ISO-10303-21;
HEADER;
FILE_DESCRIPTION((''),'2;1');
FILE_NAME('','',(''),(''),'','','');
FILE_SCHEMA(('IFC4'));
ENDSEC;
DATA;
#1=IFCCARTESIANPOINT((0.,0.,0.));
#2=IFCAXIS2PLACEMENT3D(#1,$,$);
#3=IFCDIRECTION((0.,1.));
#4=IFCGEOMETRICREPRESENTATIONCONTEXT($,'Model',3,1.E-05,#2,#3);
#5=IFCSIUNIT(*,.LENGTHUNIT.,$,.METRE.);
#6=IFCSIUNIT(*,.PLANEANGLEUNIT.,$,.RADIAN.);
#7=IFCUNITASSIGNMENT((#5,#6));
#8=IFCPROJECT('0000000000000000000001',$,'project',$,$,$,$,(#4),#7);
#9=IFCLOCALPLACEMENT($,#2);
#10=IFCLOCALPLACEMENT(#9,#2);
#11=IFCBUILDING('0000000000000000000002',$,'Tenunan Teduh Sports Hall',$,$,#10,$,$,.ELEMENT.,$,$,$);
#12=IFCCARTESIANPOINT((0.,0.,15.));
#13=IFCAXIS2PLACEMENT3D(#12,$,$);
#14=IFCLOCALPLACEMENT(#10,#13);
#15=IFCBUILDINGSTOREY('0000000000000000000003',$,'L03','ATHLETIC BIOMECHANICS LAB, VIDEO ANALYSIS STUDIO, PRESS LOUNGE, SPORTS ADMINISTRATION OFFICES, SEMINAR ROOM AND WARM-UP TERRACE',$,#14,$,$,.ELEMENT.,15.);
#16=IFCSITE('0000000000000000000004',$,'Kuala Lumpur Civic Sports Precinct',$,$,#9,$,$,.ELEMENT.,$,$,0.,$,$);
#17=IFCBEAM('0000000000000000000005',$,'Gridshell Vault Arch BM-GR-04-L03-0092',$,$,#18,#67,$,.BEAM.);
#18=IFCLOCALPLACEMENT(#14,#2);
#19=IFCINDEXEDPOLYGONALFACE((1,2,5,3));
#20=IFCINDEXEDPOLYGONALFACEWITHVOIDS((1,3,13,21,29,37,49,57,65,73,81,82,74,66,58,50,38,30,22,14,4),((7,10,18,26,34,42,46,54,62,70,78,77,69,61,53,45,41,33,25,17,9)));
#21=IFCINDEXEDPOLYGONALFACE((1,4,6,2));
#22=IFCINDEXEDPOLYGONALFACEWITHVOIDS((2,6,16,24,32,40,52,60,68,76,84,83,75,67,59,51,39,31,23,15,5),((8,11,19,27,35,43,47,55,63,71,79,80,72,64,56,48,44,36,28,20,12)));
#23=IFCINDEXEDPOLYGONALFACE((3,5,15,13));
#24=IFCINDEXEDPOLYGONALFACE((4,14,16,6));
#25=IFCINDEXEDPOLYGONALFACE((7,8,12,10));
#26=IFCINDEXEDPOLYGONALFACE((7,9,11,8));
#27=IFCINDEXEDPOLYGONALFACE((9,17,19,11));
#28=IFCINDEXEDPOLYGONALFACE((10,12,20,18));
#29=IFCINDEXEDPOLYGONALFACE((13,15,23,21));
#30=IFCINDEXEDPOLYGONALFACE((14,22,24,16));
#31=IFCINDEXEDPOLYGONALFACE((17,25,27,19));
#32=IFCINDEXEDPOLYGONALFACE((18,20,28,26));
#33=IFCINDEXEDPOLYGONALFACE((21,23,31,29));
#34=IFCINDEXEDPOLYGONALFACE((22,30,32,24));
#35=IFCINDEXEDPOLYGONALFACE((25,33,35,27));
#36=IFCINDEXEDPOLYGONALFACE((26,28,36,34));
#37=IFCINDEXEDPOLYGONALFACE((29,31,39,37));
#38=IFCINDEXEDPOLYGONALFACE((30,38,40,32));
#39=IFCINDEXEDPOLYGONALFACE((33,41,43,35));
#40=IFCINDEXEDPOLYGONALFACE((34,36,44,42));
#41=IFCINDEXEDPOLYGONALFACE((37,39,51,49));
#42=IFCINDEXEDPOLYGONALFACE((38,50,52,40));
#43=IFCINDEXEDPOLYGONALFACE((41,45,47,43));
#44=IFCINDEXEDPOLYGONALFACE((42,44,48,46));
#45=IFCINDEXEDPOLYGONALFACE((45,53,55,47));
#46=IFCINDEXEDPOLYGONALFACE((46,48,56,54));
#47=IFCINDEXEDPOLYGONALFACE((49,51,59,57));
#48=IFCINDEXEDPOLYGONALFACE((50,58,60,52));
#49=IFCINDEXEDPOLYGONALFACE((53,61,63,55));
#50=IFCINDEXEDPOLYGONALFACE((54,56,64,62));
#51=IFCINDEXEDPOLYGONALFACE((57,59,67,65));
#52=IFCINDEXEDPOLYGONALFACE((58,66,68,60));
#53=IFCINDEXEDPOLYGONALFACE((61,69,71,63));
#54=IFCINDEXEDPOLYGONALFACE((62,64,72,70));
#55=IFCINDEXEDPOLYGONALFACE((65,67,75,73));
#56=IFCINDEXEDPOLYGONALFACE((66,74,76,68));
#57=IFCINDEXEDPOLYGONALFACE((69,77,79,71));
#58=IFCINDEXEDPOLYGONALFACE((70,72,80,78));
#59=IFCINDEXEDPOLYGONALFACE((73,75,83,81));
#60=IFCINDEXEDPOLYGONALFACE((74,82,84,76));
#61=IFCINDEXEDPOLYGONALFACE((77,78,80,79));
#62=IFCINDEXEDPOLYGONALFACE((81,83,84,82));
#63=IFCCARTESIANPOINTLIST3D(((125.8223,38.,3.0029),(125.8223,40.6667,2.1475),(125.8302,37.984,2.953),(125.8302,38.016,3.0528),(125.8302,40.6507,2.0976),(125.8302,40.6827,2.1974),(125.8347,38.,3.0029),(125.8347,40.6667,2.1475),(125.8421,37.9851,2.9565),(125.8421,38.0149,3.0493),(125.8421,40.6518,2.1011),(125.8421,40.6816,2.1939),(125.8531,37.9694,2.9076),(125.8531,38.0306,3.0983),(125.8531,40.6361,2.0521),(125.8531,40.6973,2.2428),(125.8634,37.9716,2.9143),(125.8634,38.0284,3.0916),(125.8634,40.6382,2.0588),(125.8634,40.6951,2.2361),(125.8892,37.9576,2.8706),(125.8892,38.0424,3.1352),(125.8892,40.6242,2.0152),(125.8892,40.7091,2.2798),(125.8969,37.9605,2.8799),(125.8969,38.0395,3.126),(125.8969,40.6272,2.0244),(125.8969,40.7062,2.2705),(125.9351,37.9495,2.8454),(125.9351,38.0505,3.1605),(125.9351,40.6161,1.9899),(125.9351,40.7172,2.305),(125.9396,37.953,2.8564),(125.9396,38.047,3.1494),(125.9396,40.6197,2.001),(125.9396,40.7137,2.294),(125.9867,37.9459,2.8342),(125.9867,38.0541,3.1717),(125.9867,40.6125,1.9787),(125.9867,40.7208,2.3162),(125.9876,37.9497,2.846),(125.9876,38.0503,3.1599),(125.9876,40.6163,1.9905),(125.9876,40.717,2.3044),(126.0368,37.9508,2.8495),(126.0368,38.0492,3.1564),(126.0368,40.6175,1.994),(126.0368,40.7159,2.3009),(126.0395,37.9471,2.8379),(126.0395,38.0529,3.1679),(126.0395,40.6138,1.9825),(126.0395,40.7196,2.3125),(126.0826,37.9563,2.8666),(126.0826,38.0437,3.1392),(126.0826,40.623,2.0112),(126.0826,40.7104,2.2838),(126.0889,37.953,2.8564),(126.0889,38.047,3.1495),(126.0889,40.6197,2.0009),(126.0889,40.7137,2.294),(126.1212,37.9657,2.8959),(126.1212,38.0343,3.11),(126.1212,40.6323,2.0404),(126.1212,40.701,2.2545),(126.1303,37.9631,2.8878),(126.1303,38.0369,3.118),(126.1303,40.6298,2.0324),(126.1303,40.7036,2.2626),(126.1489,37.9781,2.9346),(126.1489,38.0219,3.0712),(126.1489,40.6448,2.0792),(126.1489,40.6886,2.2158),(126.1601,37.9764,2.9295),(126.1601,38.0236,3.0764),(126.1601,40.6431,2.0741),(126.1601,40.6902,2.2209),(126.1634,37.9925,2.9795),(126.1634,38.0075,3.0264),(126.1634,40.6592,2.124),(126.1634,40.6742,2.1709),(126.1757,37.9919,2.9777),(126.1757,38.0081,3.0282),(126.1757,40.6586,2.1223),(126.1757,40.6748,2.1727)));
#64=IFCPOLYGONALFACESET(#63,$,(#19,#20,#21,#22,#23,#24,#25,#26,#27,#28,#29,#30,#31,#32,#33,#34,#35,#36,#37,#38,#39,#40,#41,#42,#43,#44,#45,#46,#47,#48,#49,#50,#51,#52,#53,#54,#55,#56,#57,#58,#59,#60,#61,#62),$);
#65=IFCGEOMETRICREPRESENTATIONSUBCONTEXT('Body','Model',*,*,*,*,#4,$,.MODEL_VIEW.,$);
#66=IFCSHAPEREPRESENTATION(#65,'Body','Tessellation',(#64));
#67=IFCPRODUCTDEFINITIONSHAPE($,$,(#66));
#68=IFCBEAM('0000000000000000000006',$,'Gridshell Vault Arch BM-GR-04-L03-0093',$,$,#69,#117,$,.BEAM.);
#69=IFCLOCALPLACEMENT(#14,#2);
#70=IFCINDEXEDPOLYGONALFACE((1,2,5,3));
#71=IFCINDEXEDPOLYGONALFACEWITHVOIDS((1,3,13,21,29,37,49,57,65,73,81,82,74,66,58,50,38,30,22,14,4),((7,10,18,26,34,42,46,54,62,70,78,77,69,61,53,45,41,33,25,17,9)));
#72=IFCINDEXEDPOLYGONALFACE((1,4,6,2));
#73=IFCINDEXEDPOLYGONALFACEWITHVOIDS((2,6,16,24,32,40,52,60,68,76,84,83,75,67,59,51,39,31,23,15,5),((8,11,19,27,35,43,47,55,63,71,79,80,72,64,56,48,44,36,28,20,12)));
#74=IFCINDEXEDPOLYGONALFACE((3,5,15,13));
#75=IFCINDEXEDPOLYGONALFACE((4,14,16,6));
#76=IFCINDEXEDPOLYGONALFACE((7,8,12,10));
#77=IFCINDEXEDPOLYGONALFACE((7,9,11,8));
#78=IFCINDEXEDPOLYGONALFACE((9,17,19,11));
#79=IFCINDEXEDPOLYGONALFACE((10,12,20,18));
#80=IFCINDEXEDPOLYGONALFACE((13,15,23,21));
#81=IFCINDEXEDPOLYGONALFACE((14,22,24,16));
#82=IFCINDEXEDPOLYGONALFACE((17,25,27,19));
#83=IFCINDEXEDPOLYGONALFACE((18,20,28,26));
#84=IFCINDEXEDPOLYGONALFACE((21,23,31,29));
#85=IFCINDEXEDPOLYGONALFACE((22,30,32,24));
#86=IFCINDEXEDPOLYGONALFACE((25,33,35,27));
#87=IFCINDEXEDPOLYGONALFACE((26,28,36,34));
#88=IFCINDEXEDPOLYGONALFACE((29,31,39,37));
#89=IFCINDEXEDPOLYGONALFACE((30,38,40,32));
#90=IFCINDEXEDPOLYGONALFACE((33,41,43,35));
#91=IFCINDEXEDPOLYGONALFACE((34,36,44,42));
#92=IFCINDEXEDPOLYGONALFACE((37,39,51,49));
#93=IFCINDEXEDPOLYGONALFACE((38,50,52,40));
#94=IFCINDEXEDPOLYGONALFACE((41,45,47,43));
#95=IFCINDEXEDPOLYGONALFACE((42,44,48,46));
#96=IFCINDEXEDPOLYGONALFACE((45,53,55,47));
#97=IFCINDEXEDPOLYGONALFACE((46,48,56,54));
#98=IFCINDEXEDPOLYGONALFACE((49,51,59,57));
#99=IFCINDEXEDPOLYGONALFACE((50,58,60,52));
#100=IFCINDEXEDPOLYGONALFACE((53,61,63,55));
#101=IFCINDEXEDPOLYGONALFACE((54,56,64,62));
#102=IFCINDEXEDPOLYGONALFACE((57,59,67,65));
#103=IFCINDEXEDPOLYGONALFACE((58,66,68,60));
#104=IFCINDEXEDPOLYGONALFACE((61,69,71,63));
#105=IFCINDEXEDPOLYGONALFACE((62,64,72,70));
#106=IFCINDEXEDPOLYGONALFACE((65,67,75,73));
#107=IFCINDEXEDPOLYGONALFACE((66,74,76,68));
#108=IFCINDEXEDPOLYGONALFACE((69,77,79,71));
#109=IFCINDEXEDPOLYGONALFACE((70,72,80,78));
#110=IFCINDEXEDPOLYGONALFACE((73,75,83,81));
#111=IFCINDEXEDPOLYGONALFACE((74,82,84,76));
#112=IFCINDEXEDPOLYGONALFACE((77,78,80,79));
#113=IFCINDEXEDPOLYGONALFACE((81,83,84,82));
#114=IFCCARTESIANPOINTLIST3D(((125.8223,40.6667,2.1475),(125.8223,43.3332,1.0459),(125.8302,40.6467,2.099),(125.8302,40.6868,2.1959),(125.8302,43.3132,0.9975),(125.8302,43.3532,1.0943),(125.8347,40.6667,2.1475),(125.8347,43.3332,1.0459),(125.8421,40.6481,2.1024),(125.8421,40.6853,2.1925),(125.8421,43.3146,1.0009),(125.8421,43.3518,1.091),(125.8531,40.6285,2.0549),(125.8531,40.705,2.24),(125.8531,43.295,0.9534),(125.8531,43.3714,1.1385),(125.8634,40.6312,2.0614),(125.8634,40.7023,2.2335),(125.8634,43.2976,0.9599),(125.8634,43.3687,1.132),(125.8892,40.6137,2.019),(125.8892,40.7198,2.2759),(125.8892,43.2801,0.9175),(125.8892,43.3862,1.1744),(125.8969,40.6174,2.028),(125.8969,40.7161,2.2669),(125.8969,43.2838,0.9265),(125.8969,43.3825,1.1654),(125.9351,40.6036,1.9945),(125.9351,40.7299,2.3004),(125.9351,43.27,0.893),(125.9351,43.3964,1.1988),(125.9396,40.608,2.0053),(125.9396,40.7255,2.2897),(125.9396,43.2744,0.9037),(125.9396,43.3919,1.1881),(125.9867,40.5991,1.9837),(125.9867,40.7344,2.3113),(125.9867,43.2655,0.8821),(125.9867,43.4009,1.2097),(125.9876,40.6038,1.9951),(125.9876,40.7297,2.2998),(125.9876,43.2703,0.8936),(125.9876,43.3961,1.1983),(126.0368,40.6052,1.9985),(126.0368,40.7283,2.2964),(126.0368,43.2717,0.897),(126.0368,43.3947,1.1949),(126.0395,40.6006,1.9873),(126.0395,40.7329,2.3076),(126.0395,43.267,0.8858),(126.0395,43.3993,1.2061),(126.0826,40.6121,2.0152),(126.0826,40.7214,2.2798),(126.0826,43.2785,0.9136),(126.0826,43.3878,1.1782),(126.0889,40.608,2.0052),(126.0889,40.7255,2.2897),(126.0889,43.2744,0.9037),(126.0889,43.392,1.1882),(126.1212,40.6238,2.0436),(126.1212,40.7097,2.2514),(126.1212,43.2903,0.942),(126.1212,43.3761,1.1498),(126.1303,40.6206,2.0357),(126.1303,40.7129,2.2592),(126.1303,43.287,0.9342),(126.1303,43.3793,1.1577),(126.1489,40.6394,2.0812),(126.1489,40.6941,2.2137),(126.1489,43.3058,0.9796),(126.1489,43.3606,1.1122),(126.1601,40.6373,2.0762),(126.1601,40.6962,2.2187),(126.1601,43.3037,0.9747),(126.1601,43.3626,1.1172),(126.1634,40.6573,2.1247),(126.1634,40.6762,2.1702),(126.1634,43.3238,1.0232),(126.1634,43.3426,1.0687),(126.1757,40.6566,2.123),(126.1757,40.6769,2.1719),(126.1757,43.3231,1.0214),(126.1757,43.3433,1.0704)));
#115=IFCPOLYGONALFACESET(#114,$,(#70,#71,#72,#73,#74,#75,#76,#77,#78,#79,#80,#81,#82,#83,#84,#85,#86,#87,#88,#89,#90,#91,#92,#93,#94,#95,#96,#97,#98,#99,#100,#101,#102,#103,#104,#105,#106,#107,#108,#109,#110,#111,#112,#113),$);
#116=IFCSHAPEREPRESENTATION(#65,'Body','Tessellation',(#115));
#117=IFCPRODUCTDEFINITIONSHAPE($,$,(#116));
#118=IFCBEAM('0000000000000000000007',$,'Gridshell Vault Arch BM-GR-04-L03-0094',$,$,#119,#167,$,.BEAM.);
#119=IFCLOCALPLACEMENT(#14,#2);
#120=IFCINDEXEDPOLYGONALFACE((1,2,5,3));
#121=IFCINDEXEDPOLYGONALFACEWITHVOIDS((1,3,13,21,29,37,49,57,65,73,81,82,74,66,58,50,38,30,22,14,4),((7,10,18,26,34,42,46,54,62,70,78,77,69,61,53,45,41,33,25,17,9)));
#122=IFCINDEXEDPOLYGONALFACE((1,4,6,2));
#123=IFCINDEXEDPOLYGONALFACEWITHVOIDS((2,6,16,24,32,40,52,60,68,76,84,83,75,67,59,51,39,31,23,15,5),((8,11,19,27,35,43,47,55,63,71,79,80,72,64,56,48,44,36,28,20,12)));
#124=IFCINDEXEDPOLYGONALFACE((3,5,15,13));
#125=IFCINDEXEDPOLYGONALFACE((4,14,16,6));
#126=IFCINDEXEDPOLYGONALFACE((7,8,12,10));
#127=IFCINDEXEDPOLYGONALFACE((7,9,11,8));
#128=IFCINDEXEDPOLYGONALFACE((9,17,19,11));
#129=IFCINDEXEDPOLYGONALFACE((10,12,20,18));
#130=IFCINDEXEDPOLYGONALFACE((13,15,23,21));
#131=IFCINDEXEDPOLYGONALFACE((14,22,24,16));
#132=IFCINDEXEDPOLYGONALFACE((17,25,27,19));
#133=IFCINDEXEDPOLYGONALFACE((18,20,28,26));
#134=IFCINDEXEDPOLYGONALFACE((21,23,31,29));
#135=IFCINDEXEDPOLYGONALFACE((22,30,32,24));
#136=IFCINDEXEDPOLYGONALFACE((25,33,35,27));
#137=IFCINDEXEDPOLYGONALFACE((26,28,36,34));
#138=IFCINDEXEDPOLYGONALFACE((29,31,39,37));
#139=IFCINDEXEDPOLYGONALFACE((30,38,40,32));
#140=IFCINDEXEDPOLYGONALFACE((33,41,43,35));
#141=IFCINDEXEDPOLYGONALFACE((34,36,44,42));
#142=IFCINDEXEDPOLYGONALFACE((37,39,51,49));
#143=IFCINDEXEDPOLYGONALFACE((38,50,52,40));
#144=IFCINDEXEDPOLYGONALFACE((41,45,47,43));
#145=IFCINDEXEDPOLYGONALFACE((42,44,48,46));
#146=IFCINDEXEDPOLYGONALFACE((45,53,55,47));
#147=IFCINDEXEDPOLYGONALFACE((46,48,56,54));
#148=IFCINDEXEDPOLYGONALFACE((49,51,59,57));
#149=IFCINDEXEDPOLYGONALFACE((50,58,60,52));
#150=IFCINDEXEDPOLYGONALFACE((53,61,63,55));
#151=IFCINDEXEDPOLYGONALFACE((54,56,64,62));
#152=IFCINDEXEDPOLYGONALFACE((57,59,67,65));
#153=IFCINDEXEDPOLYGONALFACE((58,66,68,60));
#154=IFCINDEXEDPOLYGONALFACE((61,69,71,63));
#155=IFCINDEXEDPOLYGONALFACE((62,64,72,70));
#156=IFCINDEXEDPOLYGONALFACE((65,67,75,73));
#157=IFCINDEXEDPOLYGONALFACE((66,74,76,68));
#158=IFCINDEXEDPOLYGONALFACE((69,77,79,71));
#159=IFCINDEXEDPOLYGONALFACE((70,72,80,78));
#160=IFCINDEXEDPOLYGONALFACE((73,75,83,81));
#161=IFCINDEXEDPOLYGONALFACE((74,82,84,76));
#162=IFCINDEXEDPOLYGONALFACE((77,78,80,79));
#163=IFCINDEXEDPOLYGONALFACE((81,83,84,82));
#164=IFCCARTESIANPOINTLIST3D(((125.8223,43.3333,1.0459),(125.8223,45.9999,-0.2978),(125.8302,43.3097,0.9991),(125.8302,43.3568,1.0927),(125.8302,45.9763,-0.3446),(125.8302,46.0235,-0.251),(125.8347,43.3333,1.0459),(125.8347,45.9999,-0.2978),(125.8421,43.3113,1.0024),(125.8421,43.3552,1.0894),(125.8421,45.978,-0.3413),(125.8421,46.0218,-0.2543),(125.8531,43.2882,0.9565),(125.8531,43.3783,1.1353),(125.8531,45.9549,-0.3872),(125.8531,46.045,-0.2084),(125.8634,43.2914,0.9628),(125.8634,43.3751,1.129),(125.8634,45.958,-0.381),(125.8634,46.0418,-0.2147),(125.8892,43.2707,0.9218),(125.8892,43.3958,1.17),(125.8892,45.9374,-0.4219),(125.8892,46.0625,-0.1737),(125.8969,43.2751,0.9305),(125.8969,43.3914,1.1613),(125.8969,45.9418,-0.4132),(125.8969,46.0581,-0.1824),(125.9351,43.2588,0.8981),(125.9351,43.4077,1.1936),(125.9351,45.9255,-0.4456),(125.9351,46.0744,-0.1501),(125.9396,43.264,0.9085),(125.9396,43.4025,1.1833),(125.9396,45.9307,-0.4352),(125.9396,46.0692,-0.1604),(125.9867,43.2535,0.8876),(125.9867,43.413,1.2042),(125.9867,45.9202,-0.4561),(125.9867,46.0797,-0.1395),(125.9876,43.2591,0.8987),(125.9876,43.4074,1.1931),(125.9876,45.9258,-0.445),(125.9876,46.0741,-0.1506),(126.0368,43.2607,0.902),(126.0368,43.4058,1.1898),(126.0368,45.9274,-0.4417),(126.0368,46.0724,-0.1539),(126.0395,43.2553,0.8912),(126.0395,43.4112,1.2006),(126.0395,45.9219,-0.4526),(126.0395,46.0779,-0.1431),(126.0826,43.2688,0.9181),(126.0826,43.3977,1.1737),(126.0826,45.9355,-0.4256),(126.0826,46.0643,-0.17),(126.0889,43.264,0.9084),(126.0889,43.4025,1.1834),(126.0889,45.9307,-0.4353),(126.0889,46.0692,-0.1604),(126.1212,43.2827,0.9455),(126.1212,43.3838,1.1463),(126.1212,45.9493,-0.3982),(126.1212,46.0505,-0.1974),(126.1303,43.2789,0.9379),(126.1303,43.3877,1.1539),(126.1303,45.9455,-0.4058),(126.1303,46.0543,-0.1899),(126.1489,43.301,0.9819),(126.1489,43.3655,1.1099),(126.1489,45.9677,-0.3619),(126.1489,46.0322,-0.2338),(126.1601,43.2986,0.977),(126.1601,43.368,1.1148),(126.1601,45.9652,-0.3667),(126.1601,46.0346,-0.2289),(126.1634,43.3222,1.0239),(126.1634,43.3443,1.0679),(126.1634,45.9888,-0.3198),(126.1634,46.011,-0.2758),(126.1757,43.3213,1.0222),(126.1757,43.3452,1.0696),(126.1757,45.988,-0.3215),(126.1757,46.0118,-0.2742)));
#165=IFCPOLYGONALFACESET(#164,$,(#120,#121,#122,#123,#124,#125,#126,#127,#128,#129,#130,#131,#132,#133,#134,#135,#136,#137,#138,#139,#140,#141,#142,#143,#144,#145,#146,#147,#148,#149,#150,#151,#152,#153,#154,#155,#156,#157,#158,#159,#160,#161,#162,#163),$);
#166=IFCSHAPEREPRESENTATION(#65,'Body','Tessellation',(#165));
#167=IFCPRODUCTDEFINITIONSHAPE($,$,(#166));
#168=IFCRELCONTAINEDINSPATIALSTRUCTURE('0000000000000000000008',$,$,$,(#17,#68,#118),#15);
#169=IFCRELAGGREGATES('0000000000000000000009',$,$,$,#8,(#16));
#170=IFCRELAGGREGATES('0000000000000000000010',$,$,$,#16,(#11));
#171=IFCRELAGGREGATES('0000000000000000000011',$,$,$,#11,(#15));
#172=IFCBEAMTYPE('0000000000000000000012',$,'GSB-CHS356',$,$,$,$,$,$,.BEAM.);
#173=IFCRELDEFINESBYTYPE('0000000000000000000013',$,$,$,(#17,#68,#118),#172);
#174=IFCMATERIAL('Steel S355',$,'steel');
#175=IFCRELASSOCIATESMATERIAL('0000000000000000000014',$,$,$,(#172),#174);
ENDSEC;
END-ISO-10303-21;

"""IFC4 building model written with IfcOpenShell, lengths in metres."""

from ifc_helpers import new_model, si_unit, direction, frame, origin, origin_2d, place, context, subcontext, project, spatial, hollow_circle, extrude, material, material_profile, profile_set, type_object, element, save


model = new_model("IFC4")

# Units and contexts
model_context = context("Model", 3, precision=1e-05, world=origin(), true_north=direction((0.0, 1.0)))
body_context = subcontext(model_context, "Body", "Model", "MODEL_VIEW")
ifc_project = project(units=[si_unit("LENGTHUNIT", "METRE"), si_unit("PLANEANGLEUNIT", "RADIAN")], contexts=[model_context])

# Site, building, storey
site_placement = place(None, origin())
site = spatial("IfcSite", under=ifc_project, at=site_placement, Name="Kuala Lumpur Civic Sports Precinct", CompositionType="ELEMENT", RefElevation=0.0)
building_placement = place(site_placement, origin())
building = spatial("IfcBuilding", under=site, at=building_placement, Name="Tenunan Teduh Sports Hall", CompositionType="ELEMENT")
storey_placement = place(building_placement, frame((0.0, 0.0, 15.0)))
storey = spatial("IfcBuildingStorey", under=building, at=storey_placement, Name="L03", Description="ATHLETIC BIOMECHANICS LAB, VIDEO ANALYSIS STUDIO, PRESS LOUNGE, SPORTS ADMINISTRATION OFFICES, SEMINAR ROOM AND WARM-UP TERRACE", CompositionType="ELEMENT", Elevation=15.0)

# Beams
ifc_material_1 = material(Name="Steel S355", Category="steel")
ifc_material_profile_1 = material_profile(ifc_material_1, hollow_circle(Radius=0.1777, WallThickness=0.0125, at=origin_2d()), Name="CHS 355.6x12.5")
ifc_profile_set_1 = profile_set([ifc_material_profile_1], Name="Steel S355")
beam_type_1 = type_object("IfcBeamType", Name="GSB-CHS356", PredefinedType="BEAM", material=ifc_profile_set_1)
beam_1_placement = place(storey_placement, frame((126.0, 38.0, 3.0029), z_axis=(0.0, 0.952205, -0.305459), x_axis=(-1.0, 0.0, 0.0)))
element("IfcBeam", 1, at=beam_1_placement, inside=storey, type_object=beam_type_1, Name="Gridshell Vault Arch BM-GR-04-L03-0092", PredefinedType="BEAM", context=body_context, shape_type="SweptSolid", body=[
    extrude(hollow_circle(Radius=0.1777, WallThickness=0.0125, at=origin_2d()), origin(), (0.0, 0.0, 1.0), 2.8005),
])
beam_2_placement = place(storey_placement, frame((126.0, 40.6667, 2.1475), z_axis=(0.0, 0.924239, -0.381814), x_axis=(-1.0, 0.0, 0.0)))
element("IfcBeam", 2, at=beam_2_placement, inside=storey, type_object=beam_type_1, Name="Gridshell Vault Arch BM-GR-04-L03-0093", PredefinedType="BEAM", context=body_context, shape_type="SweptSolid", body=[
    extrude(hollow_circle(Radius=0.1777, WallThickness=0.0125, at=origin_2d()), origin(), (0.0, 0.0, 1.0), 2.885),
])
beam_3_placement = place(storey_placement, frame((126.0, 43.3333, 1.0459), z_axis=(0.0, 0.893033, -0.449991), x_axis=(-1.0, 0.0, 0.0)))
element("IfcBeam", 3, at=beam_3_placement, inside=storey, type_object=beam_type_1, Name="Gridshell Vault Arch BM-GR-04-L03-0094", PredefinedType="BEAM", context=body_context, shape_type="SweptSolid", body=[
    extrude(hollow_circle(Radius=0.1777, WallThickness=0.0125, at=origin_2d()), origin(), (0.0, 0.0, 1.0), 2.9861),
])

save(model, "model.ifc")
